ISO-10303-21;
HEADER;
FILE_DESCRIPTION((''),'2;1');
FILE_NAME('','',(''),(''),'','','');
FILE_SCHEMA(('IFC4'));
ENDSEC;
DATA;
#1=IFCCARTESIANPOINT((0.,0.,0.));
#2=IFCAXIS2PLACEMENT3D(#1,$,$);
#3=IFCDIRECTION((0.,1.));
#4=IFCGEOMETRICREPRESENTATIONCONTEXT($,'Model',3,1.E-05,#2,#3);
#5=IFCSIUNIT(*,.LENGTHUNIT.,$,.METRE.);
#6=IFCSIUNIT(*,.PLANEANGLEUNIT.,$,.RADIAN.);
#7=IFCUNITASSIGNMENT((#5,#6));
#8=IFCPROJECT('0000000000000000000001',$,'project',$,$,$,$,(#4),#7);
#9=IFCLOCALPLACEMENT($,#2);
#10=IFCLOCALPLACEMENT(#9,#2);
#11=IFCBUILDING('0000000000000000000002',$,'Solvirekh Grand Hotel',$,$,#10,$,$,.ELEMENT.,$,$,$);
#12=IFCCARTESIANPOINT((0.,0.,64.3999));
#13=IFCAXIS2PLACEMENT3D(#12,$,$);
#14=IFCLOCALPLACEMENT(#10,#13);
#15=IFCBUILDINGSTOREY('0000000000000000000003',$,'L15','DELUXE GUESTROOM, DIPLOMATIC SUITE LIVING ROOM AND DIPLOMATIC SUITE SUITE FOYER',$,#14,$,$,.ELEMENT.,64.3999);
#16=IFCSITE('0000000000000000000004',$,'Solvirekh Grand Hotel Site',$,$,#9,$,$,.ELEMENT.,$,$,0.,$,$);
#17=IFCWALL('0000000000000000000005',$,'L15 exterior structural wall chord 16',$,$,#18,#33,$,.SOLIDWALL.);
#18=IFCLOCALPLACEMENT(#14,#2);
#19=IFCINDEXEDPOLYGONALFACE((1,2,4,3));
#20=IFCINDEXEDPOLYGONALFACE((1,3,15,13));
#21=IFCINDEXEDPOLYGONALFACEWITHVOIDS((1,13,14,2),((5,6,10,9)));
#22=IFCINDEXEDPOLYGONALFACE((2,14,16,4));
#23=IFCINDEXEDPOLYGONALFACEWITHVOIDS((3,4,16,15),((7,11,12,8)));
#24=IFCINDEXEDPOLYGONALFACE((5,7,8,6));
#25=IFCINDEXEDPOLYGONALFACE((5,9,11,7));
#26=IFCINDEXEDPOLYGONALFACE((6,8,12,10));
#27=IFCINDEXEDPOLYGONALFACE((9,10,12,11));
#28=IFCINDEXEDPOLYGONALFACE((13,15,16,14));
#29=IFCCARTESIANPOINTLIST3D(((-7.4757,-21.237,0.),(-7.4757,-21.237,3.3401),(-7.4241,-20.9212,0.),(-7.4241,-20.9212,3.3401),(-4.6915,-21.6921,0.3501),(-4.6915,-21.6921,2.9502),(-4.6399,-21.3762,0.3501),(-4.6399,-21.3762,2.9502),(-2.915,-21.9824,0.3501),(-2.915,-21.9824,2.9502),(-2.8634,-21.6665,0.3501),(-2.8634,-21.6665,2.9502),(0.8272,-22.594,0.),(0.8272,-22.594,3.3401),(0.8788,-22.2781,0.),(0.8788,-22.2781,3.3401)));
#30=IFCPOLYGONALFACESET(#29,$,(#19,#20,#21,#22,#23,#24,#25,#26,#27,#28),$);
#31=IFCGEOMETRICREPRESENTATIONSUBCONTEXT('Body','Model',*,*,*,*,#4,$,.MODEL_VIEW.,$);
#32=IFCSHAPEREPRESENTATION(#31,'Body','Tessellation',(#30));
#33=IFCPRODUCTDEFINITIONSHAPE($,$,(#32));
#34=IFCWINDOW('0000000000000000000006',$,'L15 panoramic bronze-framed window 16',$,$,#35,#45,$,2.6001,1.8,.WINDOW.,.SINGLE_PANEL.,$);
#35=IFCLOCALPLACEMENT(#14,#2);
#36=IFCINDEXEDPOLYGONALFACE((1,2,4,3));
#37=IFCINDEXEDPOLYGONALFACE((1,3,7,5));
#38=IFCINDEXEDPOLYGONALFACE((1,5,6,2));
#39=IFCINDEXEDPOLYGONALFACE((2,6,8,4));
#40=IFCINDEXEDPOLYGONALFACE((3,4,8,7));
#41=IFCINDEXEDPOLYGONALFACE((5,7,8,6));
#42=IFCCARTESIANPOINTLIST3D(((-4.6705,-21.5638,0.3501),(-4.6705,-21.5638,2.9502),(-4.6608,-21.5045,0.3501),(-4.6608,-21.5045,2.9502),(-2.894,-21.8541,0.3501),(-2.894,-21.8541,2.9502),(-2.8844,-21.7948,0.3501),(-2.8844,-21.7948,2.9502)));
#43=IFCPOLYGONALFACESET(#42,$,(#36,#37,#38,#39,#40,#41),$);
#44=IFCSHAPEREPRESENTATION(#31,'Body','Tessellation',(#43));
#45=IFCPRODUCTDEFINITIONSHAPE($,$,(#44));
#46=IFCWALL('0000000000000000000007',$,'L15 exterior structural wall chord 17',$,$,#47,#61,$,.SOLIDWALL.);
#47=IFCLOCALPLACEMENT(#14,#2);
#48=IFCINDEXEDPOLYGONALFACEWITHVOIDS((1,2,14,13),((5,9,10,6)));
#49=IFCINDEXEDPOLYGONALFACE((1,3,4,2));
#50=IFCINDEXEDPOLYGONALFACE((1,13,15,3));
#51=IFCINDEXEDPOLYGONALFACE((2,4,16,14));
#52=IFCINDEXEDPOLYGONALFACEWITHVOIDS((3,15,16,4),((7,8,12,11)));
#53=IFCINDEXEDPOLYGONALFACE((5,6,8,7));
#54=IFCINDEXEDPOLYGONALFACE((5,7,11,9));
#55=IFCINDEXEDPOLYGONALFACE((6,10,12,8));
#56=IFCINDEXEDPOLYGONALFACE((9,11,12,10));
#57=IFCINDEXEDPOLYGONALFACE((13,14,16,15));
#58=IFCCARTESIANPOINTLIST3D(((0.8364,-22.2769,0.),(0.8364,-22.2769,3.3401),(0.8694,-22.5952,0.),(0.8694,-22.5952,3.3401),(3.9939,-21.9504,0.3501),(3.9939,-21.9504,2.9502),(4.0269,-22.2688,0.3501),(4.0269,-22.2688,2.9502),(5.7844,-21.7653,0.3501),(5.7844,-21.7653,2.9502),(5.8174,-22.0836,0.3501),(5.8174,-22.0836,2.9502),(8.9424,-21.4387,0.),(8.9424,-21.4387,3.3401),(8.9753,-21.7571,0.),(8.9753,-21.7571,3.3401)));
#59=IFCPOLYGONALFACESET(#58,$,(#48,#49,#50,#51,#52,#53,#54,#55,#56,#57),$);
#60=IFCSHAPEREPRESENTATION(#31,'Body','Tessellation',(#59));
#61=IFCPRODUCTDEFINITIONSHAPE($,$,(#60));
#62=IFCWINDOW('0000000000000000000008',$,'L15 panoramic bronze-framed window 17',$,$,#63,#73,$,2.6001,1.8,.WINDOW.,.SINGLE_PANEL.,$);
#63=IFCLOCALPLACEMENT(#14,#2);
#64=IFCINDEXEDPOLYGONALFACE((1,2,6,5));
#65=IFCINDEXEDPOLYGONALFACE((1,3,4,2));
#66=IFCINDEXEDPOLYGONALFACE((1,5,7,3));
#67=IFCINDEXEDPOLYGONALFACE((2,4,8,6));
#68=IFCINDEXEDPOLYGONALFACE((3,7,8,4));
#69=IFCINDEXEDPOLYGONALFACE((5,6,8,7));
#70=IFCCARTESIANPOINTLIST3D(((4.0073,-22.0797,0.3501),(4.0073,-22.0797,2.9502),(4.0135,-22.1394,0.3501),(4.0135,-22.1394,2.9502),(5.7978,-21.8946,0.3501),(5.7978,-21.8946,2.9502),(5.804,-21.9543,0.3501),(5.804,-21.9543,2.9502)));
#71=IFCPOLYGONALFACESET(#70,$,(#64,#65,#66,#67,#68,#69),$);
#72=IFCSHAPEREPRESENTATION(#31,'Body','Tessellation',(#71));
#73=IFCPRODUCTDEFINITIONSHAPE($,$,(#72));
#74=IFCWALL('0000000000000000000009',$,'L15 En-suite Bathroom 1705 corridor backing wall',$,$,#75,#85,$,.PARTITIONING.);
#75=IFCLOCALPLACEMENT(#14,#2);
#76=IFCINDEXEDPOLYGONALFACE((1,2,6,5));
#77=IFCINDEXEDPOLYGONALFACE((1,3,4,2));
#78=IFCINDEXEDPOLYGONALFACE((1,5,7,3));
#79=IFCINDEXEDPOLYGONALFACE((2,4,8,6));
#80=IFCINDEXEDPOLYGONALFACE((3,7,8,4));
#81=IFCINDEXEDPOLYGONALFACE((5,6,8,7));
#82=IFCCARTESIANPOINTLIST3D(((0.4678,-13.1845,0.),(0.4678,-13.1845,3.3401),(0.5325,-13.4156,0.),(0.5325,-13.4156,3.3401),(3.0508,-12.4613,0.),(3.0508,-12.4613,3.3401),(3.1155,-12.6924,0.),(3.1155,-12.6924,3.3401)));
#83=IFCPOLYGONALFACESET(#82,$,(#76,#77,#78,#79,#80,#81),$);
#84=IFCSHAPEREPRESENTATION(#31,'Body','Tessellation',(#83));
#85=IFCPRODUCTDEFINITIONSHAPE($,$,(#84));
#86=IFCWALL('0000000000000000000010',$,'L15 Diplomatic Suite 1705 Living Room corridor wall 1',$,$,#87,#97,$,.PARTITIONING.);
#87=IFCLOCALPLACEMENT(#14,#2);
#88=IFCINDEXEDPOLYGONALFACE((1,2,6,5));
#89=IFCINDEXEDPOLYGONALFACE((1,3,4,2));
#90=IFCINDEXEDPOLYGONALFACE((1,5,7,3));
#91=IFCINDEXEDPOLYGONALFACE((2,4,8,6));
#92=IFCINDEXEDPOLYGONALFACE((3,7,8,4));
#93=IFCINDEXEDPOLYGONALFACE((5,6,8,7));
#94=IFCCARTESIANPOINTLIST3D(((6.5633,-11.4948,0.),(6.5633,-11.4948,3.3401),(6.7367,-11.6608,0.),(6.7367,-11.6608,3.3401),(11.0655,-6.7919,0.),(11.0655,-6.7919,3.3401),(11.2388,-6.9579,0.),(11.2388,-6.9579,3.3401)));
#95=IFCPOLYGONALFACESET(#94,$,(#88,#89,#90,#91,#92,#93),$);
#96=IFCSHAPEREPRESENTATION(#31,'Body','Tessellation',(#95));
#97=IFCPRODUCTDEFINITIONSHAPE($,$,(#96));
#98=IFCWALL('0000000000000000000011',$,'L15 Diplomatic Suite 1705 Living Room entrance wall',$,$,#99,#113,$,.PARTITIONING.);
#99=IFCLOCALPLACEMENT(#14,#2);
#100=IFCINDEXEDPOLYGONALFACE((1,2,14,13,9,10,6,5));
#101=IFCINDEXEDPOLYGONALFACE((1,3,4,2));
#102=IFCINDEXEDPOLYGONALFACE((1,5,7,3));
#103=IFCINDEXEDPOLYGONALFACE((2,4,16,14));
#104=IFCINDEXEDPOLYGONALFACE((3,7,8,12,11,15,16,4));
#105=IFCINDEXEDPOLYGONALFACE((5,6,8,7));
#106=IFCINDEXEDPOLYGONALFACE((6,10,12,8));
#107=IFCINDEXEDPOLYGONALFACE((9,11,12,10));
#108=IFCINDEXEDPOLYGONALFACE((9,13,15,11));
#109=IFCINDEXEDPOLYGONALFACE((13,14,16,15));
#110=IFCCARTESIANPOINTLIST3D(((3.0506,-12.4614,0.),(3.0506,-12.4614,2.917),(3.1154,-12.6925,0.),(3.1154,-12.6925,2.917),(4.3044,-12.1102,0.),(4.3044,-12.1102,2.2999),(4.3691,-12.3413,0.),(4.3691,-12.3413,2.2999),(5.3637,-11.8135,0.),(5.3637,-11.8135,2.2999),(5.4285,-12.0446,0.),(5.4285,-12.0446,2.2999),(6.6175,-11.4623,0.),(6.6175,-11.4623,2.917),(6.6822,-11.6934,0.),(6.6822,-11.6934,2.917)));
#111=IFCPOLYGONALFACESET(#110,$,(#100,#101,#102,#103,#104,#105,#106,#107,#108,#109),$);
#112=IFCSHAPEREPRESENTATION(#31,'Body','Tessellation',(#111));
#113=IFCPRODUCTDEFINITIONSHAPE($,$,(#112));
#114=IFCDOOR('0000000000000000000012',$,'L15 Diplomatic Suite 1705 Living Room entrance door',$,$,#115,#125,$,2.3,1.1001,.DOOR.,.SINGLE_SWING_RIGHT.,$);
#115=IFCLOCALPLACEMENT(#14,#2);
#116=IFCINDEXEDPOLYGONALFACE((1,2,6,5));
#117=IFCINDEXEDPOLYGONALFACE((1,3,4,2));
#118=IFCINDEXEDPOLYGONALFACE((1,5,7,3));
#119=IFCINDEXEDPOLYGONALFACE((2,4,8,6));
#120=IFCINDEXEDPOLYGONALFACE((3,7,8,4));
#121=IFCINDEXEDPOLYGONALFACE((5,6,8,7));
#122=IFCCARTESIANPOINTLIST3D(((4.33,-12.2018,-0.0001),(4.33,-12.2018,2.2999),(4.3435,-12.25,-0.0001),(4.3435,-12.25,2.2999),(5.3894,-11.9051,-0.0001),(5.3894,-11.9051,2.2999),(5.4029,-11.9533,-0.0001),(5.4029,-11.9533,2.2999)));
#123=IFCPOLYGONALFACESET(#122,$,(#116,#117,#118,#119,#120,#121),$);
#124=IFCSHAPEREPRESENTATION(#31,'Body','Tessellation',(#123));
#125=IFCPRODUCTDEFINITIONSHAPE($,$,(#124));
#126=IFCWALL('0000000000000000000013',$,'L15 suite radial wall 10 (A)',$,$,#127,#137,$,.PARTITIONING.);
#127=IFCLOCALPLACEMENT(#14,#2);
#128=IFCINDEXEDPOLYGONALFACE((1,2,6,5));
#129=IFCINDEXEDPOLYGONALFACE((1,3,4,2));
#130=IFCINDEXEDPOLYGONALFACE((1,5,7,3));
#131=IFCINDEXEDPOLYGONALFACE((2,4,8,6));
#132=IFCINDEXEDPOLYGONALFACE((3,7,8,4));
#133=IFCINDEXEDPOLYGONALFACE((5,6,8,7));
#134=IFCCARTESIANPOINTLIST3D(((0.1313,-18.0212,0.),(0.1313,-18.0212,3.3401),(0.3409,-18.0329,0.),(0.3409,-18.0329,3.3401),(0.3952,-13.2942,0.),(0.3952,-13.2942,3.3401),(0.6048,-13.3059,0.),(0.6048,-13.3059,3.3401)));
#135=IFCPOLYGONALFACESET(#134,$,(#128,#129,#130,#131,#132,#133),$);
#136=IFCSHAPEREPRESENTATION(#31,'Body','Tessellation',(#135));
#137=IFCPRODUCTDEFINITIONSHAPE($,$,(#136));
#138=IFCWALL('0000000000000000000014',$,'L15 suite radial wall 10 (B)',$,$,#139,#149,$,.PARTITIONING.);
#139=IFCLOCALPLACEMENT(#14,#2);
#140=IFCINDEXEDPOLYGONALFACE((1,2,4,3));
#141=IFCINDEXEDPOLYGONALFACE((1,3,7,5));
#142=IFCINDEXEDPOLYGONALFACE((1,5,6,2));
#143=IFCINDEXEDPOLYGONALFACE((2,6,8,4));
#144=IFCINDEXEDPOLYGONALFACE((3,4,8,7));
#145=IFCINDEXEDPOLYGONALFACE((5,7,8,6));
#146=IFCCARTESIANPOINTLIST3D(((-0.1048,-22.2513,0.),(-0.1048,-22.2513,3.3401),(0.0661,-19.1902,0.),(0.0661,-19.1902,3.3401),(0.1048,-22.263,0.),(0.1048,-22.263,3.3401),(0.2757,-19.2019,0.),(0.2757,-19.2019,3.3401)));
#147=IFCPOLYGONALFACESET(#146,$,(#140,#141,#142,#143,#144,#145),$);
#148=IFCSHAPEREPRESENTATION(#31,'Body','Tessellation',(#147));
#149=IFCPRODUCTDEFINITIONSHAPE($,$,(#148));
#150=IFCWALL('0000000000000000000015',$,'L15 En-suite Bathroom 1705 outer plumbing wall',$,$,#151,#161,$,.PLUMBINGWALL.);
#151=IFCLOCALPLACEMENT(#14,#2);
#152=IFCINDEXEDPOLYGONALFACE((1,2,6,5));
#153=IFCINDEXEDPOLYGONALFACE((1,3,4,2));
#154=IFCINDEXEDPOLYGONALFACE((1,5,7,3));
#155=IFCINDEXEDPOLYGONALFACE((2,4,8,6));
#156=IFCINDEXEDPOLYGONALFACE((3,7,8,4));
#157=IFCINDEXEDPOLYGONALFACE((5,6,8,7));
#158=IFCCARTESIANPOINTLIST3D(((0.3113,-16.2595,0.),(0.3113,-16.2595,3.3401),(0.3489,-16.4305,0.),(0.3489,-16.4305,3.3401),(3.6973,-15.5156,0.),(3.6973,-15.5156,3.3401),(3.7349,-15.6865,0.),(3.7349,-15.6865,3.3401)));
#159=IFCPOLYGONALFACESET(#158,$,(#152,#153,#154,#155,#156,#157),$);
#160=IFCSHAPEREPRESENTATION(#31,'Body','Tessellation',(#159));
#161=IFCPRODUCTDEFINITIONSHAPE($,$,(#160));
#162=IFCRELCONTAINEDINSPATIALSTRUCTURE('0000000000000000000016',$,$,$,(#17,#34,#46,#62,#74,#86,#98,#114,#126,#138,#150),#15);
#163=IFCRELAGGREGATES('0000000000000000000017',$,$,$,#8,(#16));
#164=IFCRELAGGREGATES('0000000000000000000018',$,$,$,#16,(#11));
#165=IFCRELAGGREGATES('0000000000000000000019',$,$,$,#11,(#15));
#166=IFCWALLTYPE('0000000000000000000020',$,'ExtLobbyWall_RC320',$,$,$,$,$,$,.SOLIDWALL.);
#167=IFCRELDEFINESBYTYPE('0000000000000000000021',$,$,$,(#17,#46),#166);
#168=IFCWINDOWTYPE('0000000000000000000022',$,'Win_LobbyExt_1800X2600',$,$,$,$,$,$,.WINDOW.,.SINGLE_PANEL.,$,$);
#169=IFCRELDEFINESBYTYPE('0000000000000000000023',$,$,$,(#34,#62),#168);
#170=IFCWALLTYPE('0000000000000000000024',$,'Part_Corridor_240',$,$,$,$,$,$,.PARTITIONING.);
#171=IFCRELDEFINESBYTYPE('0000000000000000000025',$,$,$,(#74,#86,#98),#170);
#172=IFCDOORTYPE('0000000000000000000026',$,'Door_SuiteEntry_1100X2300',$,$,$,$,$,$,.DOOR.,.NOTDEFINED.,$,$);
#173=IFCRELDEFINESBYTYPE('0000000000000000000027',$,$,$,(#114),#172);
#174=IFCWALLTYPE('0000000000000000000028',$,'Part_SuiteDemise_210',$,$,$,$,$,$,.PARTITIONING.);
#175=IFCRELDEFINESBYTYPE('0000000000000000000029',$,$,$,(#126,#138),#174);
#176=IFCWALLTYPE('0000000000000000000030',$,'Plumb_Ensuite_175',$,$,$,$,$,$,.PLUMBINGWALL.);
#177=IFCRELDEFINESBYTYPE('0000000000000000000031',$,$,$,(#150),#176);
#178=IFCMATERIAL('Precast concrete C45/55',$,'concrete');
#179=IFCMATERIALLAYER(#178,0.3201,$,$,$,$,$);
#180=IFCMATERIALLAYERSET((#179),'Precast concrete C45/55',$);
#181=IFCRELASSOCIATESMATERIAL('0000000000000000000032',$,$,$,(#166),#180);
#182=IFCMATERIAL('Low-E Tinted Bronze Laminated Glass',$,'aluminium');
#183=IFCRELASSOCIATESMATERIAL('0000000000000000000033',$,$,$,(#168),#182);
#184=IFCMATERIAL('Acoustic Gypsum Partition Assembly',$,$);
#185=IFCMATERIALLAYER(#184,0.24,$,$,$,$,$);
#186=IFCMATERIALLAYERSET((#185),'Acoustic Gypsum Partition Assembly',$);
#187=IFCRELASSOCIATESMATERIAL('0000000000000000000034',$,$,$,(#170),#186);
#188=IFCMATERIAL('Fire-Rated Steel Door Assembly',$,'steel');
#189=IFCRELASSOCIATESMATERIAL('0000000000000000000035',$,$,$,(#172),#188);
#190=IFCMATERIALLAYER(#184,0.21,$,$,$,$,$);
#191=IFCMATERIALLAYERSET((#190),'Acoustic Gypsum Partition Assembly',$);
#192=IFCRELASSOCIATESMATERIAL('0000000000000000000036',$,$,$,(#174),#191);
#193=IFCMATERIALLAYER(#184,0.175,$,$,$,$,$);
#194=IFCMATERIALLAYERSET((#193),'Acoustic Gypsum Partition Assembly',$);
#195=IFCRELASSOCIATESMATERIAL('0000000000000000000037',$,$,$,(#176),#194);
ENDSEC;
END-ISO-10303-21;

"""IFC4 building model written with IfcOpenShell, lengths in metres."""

from ifc_helpers import new_model, si_unit, direction, frame, frame_2d, origin, place, context, subcontext, project, spatial, rectangle, extrude, material, layer, layer_set, type_object, element, fill, save


model = new_model("IFC4")

# Units and contexts
model_context = context("Model", 3, precision=1e-05, world=origin(), true_north=direction((0.0, 1.0)))
body_context = subcontext(model_context, "Body", "Model", "MODEL_VIEW")
ifc_project = project(units=[si_unit("LENGTHUNIT", "METRE"), si_unit("PLANEANGLEUNIT", "RADIAN")], contexts=[model_context])

# Site, building, storey
site_placement = place(None, origin())
site = spatial("IfcSite", under=ifc_project, at=site_placement, Name="Solvirekh Grand Hotel Site", CompositionType="ELEMENT", RefElevation=0.0)
building_placement = place(site_placement, origin())
building = spatial("IfcBuilding", under=site, at=building_placement, Name="Solvirekh Grand Hotel", CompositionType="ELEMENT")
storey_placement = place(building_placement, frame((0.0, 0.0, 64.3999)))
storey = spatial("IfcBuildingStorey", under=building, at=storey_placement, Name="L15", Description="DELUXE GUESTROOM, DIPLOMATIC SUITE LIVING ROOM AND DIPLOMATIC SUITE SUITE FOYER", CompositionType="ELEMENT", Elevation=64.3999)

# Walls, openings, windows
ifc_material_1 = material(Name="Precast concrete C45/55", Category="concrete")
ifc_layer_1 = layer(ifc_material_1, 0.3201)
ifc_layer_set_1 = layer_set([ifc_layer_1], Name="Precast concrete C45/55")
wall_type_1 = type_object("IfcWallType", Name="ExtLobbyWall_RC320", PredefinedType="SOLIDWALL", material=ifc_layer_set_1)
wall_1_placement = place(storey_placement, frame((0.853, -22.436, 0.0), z_axis=(0.0, 0.0, 1.0), x_axis=(-0.986907, 0.161288, 0.0)))
wall_1 = element("IfcWall", 1, at=wall_1_placement, inside=storey, type_object=wall_type_1, Name="L15 exterior structural wall chord 16", PredefinedType="SOLIDWALL", context=body_context, shape_type="SweptSolid", body=[
    extrude(rectangle(XDim=8.4131, YDim=0.3201, at=frame_2d((4.2065, 0.0))), origin(), (0.0, 0.0, 1.0), 3.3401),
])
opening_1_placement = place(wall_1_placement, frame((3.792, 0.0, 0.3501)))
opening_1 = element("IfcOpeningElement", 2, at=opening_1_placement, cuts=wall_1, PredefinedType="OPENING", context=body_context, shape_type="SweptSolid", body=[
    extrude(rectangle(XDim=1.8, YDim=2.6001, at=frame_2d((0.8999, 1.3))), frame((0.0, 0.1699, 0.0), z_axis=(0.0, -1.0, 0.0), x_axis=(1.0, 0.0, 0.0)), (0.0, 0.0, 1.0), 0.3401),
])
ifc_material_2 = material(Name="Low-E Tinted Bronze Laminated Glass", Category="aluminium")
window_type = type_object("IfcWindowType", Name="Win_LobbyExt_1800X2600", PartitioningType="SINGLE_PANEL", PredefinedType="WINDOW", material=ifc_material_2)
window_1_placement = place(opening_1_placement, origin())
window_1 = element("IfcWindow", 3, at=window_1_placement, inside=storey, type_object=window_type, Name="L15 panoramic bronze-framed window 16", OverallHeight=2.6001, OverallWidth=1.8, PartitioningType="SINGLE_PANEL", PredefinedType="WINDOW", context=body_context, shape_type="SweptSolid", body=[
    extrude(rectangle(XDim=1.8, YDim=2.6001, at=frame_2d((0.8999, 1.3))), frame((0.0, 0.03, 0.0), z_axis=(0.0, -1.0, 0.0), x_axis=(1.0, 0.0, 0.0)), (0.0, 0.0, 1.0), 0.0601),
])
fill(opening_1, window_1)
wall_2_placement = place(storey_placement, frame((8.959, -21.5979, 0.0), z_axis=(0.0, 0.0, 1.0), x_axis=(-0.994697, -0.102849, 0.0)))
wall_2 = element("IfcWall", 4, at=wall_2_placement, inside=storey, type_object=wall_type_1, Name="L15 exterior structural wall chord 17", PredefinedType="SOLIDWALL", context=body_context, shape_type="SweptSolid", body=[
    extrude(rectangle(XDim=8.1492, YDim=0.3201, at=frame_2d((4.0747, 0.0))), origin(), (0.0, 0.0, 1.0), 3.3401),
])
opening_2_placement = place(wall_2_placement, frame((3.175, 0.0, 0.3501)))
opening_2 = element("IfcOpeningElement", 5, at=opening_2_placement, cuts=wall_2, PredefinedType="OPENING", context=body_context, shape_type="SweptSolid", body=[
    extrude(rectangle(XDim=1.8, YDim=2.6001, at=frame_2d((0.8999, 1.3))), frame((0.0, 0.1699, 0.0), z_axis=(0.0, -1.0, 0.0), x_axis=(1.0, 0.0, 0.0)), (0.0, 0.0, 1.0), 0.3401),
])
window_2_placement = place(opening_2_placement, origin())
window_2 = element("IfcWindow", 6, at=window_2_placement, inside=storey, type_object=window_type, Name="L15 panoramic bronze-framed window 17", OverallHeight=2.6001, OverallWidth=1.8, PartitioningType="SINGLE_PANEL", PredefinedType="WINDOW", context=body_context, shape_type="SweptSolid", body=[
    extrude(rectangle(XDim=1.8, YDim=2.6001, at=frame_2d((0.8999, 1.3))), frame((0.0, 0.03, 0.0), z_axis=(0.0, -1.0, 0.0), x_axis=(1.0, 0.0, 0.0)), (0.0, 0.0, 1.0), 0.0601),
])
fill(opening_2, window_2)

# Walls
ifc_material_3 = material(Name="Acoustic Gypsum Partition Assembly")
ifc_layer_2 = layer(ifc_material_3, 0.24)
ifc_layer_set_2 = layer_set([ifc_layer_2], Name="Acoustic Gypsum Partition Assembly")
wall_type_2 = type_object("IfcWallType", Name="Part_Corridor_240", PredefinedType="PARTITIONING", material=ifc_layer_set_2)
wall_3_placement = place(storey_placement, frame((0.5, -13.3, 0.0), z_axis=(0.0, 0.0, 1.0), x_axis=(0.962973, 0.269596, 0.0)))
element("IfcWall", 7, at=wall_3_placement, inside=storey, type_object=wall_type_2, Name="L15 En-suite Bathroom 1705 corridor backing wall", PredefinedType="PARTITIONING", context=body_context, shape_type="SweptSolid", body=[
    extrude(rectangle(XDim=2.6824, YDim=0.24, at=frame_2d((1.3413, 0.0))), origin(), (0.0, 0.0, 1.0), 3.3401),
])
wall_4_placement = place(storey_placement, frame((6.6499, -11.5779, 0.0), z_axis=(0.0, 0.0, 1.0), x_axis=(0.691527, 0.722351, 0.0)))
element("IfcWall", 8, at=wall_4_placement, inside=storey, type_object=wall_type_2, Name="L15 Diplomatic Suite 1705 Living Room corridor wall 1", PredefinedType="PARTITIONING", context=body_context, shape_type="SweptSolid", body=[
    extrude(rectangle(XDim=6.5105, YDim=0.24, at=frame_2d((3.2554, 0.0))), origin(), (0.0, 0.0, 1.0), 3.3401),
])

# Wall, opening, door
wall_5_placement = place(storey_placement, frame((3.083, -12.5769, 0.0), z_axis=(0.0, 0.0, 1.0), x_axis=(0.962943, 0.269703, 0.0)))
wall_5 = element("IfcWall", 9, at=wall_5_placement, inside=storey, type_object=wall_type_2, Name="L15 Diplomatic Suite 1705 Living Room entrance wall", PredefinedType="PARTITIONING", context=body_context, shape_type="SweptSolid", body=[
    extrude(rectangle(XDim=3.7041, YDim=0.24, at=frame_2d((1.8521, 0.0))), origin(), (0.0, 0.0, 1.0), 2.917),
])
opening_3_placement = place(wall_5_placement, frame((1.302, 0.0, 0.0)))
opening_3 = element("IfcOpeningElement", 10, at=opening_3_placement, cuts=wall_5, PredefinedType="OPENING", context=body_context, shape_type="SweptSolid", body=[
    extrude(rectangle(XDim=1.1001, YDim=2.3, at=frame_2d((0.55, 1.1499))), frame((0.0, 0.1299, 0.0), z_axis=(0.0, -1.0, 0.0), x_axis=(1.0, 0.0, 0.0)), (0.0, 0.0, 1.0), 0.26),
])
ifc_material_4 = material(Name="Fire-Rated Steel Door Assembly", Category="steel")
door_type_1 = type_object("IfcDoorType", Name="Door_SuiteEntry_1100X2300", OperationType="NOTDEFINED", PredefinedType="DOOR", material=ifc_material_4)
door_1_placement = place(opening_3_placement, origin())
door_1 = element("IfcDoor", 11, at=door_1_placement, inside=storey, type_object=door_type_1, Name="L15 Diplomatic Suite 1705 Living Room entrance door", OperationType="SINGLE_SWING_RIGHT", OverallHeight=2.3, OverallWidth=1.1001, PredefinedType="DOOR", context=body_context, shape_type="SweptSolid", body=[
    extrude(rectangle(XDim=1.1001, YDim=2.3, at=frame_2d((0.55, 1.1499))), frame((0.0, 0.0249, 0.0), z_axis=(0.0, -1.0, 0.0), x_axis=(1.0, 0.0, 0.0)), (0.0, 0.0, 1.0), 0.05),
])
fill(opening_3, door_1)

# Walls
ifc_layer_3 = layer(ifc_material_3, 0.21)
ifc_layer_set_3 = layer_set([ifc_layer_3], Name="Acoustic Gypsum Partition Assembly")
wall_type_3 = type_object("IfcWallType", Name="Part_SuiteDemise_210", PredefinedType="PARTITIONING", material=ifc_layer_set_3)
wall_6_placement = place(storey_placement, frame((0.5, -13.3, 0.0), z_axis=(0.0, 0.0, 1.0), x_axis=(-0.055744, -0.998445, 0.0)))
element("IfcWall", 12, at=wall_6_placement, inside=storey, type_object=wall_type_3, Name="L15 suite radial wall 10 (A)", PredefinedType="PARTITIONING", context=body_context, shape_type="SweptSolid", body=[
    extrude(rectangle(XDim=4.7344, YDim=0.21, at=frame_2d((2.3672, 0.0))), origin(), (0.0, 0.0, 1.0), 3.3401),
])
wall_7_placement = place(storey_placement, frame((0.1709, -19.196, 0.0), z_axis=(0.0, 0.0, 1.0), x_axis=(-0.055743, -0.998445, 0.0)))
element("IfcWall", 13, at=wall_7_placement, inside=storey, type_object=wall_type_3, Name="L15 suite radial wall 10 (B)", PredefinedType="PARTITIONING", context=body_context, shape_type="SweptSolid", body=[
    extrude(rectangle(XDim=3.0659, YDim=0.21, at=frame_2d((1.533, 0.0))), origin(), (0.0, 0.0, 1.0), 3.3401),
])
ifc_layer_4 = layer(ifc_material_3, 0.175)
ifc_layer_set_4 = layer_set([ifc_layer_4], Name="Acoustic Gypsum Partition Assembly")
wall_type_4 = type_object("IfcWallType", Name="Plumb_Ensuite_175", PredefinedType="PLUMBINGWALL", material=ifc_layer_set_4)
wall_8_placement = place(storey_placement, frame((0.3301, -16.345, 0.0), z_axis=(0.0, 0.0, 1.0), x_axis=(0.976706, 0.214581, 0.0)))
element("IfcWall", 14, at=wall_8_placement, inside=storey, type_object=wall_type_4, Name="L15 En-suite Bathroom 1705 outer plumbing wall", PredefinedType="PLUMBINGWALL", context=body_context, shape_type="SweptSolid", body=[
    extrude(rectangle(XDim=3.4668, YDim=0.175, at=frame_2d((1.7334, 0.0))), origin(), (0.0, 0.0, 1.0), 3.3401),
])

save(model, "model.ifc")
